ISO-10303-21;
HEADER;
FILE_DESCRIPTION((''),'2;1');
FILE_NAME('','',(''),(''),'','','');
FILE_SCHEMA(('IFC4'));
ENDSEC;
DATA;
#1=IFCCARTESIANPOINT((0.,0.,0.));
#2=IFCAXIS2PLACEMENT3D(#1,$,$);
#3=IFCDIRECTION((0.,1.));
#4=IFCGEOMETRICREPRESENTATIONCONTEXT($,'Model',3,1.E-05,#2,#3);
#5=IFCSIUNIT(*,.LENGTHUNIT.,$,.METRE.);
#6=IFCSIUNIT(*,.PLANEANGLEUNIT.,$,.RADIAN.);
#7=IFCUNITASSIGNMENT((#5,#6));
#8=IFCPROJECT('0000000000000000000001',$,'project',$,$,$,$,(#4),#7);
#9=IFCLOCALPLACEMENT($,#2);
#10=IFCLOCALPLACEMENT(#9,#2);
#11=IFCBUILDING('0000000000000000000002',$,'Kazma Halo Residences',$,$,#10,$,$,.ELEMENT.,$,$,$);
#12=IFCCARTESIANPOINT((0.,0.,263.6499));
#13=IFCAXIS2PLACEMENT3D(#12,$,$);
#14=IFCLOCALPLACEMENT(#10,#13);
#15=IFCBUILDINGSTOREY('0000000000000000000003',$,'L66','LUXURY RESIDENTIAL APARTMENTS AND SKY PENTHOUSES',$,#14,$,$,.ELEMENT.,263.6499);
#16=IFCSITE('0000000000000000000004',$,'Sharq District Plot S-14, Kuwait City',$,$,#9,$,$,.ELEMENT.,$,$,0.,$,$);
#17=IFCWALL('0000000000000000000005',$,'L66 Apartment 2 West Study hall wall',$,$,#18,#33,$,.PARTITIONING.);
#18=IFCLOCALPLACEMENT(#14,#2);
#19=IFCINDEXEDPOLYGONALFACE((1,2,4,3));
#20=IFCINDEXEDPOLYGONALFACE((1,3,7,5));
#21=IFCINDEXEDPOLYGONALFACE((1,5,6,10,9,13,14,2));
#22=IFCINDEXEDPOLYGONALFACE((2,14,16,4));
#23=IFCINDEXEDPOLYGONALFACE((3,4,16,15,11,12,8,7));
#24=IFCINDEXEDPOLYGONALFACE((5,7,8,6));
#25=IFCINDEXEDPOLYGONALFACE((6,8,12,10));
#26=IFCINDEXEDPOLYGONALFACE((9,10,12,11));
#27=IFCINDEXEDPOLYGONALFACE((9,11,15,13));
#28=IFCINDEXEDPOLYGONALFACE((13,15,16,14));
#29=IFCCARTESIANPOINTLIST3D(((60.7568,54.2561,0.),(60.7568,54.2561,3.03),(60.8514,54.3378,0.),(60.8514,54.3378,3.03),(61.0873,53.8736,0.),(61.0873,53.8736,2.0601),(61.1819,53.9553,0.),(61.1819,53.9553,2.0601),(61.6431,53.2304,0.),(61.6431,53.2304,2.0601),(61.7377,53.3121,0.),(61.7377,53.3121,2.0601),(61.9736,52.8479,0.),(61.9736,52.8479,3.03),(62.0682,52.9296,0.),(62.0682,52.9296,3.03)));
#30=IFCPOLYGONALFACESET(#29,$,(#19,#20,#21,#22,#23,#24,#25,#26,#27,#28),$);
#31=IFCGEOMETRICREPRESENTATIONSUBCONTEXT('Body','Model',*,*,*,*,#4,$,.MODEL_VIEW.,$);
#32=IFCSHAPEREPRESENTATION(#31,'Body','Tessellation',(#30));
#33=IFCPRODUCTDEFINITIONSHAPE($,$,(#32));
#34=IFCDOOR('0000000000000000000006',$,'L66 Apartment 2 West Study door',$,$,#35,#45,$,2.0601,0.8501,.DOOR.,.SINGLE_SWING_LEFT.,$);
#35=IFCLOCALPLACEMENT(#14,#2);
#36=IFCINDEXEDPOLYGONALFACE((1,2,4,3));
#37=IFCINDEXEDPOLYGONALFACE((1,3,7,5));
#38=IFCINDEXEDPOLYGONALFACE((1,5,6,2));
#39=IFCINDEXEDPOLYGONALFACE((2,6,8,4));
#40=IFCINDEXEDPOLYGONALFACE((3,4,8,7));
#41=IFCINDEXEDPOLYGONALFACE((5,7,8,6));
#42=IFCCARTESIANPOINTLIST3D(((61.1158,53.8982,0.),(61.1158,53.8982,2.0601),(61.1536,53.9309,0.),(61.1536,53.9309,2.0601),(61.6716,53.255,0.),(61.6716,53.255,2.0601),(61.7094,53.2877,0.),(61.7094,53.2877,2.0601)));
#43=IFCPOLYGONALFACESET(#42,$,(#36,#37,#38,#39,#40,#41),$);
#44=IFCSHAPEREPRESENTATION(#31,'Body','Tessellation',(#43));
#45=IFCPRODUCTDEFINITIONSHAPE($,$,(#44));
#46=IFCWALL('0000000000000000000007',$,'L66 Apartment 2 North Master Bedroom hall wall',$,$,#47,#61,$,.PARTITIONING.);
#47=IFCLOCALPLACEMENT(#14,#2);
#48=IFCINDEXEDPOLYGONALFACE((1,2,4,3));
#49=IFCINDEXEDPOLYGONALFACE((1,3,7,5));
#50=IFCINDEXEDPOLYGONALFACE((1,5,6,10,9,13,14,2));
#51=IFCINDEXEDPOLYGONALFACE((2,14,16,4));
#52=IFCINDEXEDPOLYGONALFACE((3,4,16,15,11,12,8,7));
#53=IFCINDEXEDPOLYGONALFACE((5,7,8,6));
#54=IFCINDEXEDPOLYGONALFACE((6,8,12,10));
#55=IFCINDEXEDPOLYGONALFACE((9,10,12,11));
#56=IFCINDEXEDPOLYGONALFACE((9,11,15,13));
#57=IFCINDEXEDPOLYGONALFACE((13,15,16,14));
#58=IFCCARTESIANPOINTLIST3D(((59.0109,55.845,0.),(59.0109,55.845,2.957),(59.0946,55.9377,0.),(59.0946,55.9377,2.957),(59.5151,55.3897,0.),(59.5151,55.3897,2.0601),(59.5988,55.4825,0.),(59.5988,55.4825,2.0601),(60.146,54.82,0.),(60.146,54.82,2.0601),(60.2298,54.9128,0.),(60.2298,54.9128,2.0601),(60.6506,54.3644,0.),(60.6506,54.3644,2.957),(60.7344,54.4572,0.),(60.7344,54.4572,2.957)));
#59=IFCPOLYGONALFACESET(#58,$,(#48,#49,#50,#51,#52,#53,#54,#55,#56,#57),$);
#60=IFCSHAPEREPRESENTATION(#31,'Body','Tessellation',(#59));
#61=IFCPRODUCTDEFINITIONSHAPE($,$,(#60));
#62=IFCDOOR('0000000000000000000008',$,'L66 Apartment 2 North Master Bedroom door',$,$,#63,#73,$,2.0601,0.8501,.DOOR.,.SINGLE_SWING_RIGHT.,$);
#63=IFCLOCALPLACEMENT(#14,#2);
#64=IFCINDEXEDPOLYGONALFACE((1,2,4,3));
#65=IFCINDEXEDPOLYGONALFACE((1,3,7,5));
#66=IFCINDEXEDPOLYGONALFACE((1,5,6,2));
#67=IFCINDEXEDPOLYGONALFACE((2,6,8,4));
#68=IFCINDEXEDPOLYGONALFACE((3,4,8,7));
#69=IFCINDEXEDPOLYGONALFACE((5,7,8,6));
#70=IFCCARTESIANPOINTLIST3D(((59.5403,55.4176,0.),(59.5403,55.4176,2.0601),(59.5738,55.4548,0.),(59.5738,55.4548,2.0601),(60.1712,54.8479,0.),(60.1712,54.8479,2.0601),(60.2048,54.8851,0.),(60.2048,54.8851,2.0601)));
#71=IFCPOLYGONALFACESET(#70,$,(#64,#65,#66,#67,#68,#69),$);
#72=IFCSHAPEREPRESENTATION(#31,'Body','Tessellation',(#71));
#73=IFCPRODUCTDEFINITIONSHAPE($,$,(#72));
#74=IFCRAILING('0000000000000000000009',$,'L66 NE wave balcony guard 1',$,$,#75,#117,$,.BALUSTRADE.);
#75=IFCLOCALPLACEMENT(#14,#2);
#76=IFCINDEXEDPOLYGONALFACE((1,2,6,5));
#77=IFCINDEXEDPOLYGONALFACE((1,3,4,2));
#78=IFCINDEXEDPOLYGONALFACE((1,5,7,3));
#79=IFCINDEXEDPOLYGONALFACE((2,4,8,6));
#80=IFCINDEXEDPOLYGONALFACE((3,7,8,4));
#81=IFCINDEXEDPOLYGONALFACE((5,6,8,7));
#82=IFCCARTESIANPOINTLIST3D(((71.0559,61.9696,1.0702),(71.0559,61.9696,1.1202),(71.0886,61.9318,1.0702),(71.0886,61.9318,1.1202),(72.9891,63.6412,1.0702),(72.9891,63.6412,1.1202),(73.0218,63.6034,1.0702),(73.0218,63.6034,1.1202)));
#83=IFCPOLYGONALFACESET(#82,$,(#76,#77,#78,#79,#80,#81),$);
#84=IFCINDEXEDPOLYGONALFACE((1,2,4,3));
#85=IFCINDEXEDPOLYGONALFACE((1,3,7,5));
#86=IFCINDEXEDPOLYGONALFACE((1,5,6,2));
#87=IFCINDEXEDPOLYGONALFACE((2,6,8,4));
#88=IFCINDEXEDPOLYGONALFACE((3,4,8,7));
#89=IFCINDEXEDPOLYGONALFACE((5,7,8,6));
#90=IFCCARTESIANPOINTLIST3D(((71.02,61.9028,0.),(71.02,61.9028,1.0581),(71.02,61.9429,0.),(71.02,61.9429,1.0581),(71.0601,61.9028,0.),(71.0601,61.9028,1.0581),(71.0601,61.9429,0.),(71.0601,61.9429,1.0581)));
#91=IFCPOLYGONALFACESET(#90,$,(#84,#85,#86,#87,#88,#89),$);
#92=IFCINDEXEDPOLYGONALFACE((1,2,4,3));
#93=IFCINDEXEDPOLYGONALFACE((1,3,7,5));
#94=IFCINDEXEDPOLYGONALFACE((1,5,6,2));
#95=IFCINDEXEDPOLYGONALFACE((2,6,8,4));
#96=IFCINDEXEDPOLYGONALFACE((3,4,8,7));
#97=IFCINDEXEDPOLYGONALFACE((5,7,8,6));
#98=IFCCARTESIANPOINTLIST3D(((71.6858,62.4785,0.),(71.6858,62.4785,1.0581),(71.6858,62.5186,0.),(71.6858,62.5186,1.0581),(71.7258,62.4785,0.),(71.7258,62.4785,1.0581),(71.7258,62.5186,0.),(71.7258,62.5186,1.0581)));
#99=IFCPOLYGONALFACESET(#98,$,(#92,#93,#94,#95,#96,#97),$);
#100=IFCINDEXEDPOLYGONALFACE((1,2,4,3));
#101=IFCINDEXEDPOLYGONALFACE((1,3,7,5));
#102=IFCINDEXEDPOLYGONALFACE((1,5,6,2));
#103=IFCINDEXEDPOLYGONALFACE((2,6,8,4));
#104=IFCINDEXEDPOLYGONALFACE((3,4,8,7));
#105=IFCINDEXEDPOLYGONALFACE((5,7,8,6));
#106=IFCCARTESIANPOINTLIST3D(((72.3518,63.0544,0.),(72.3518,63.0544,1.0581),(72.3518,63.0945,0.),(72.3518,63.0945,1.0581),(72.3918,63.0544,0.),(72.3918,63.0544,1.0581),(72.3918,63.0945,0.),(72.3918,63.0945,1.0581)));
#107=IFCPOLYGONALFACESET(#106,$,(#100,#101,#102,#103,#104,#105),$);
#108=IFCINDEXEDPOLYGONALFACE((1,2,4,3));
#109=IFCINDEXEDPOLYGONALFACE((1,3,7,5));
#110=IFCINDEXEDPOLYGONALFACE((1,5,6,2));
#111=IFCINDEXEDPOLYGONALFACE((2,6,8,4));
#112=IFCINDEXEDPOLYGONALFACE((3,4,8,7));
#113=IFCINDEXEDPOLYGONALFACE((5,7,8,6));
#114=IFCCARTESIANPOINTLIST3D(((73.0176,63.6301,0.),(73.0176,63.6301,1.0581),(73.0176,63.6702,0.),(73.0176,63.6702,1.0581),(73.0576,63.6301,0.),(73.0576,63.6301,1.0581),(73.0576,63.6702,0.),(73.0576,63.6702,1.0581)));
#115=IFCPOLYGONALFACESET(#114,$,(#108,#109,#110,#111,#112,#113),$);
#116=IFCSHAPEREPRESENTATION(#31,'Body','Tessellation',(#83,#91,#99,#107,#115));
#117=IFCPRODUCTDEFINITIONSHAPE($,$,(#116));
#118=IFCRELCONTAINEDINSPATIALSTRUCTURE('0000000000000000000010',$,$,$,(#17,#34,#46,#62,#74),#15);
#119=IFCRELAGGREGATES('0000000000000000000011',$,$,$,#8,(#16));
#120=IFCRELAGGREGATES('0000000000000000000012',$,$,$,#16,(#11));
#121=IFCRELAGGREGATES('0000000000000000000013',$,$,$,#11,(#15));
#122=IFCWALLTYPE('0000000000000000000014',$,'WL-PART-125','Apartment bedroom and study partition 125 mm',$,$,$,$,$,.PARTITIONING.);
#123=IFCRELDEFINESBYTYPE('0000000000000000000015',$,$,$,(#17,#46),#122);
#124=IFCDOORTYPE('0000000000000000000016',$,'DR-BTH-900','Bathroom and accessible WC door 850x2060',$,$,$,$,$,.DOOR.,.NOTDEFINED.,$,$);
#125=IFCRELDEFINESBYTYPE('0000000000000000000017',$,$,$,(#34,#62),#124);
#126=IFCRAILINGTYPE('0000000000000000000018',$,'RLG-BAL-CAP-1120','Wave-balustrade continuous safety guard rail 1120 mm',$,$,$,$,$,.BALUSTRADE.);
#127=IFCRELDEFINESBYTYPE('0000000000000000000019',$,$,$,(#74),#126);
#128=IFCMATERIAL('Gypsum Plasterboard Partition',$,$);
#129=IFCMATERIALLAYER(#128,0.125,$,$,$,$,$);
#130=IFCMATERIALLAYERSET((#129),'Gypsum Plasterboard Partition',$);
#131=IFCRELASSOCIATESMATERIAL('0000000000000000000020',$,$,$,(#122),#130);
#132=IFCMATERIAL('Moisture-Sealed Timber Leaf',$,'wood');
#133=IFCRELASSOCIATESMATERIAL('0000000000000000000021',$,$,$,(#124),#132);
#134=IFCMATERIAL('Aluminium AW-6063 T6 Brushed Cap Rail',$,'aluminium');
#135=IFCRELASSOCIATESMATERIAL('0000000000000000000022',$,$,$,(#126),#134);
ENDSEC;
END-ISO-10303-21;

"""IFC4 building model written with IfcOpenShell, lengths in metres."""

from ifc_helpers import new_model, si_unit, direction, frame, frame_2d, origin, origin_2d, place, context, subcontext, project, spatial, rectangle, extrude, material, layer, layer_set, type_object, element, fill, save


model = new_model("IFC4")

# Units and contexts
model_context = context("Model", 3, precision=1e-05, world=origin(), true_north=direction((0.0, 1.0)))
body_context = subcontext(model_context, "Body", "Model", "MODEL_VIEW")
ifc_project = project(units=[si_unit("LENGTHUNIT", "METRE"), si_unit("PLANEANGLEUNIT", "RADIAN")], contexts=[model_context])

# Site, building, storey
site_placement = place(None, origin())
site = spatial("IfcSite", under=ifc_project, at=site_placement, Name="Sharq District Plot S-14, Kuwait City", CompositionType="ELEMENT", RefElevation=0.0)
building_placement = place(site_placement, origin())
building = spatial("IfcBuilding", under=site, at=building_placement, Name="Kazma Halo Residences", CompositionType="ELEMENT")
storey_placement = place(building_placement, frame((0.0, 0.0, 263.6499)))
storey = spatial("IfcBuildingStorey", under=building, at=storey_placement, Name="L66", Description="LUXURY RESIDENTIAL APARTMENTS AND SKY PENTHOUSES", CompositionType="ELEMENT", Elevation=263.6499)

# Shared definitions
ifc_material_1 = material(Name="Gypsum Plasterboard Partition")
ifc_layer_1 = layer(ifc_material_1, 0.125)
ifc_layer_set_1 = layer_set([ifc_layer_1], Name="Gypsum Plasterboard Partition")
wall_type_1 = type_object("IfcWallType", Name="WL-PART-125", Description="Apartment bedroom and study partition 125 mm", PredefinedType="PARTITIONING", material=ifc_layer_set_1)

# Walls, openings, doors
wall_1_placement = place(storey_placement, frame((62.021, 52.8887, 0.0), z_axis=(0.0, 0.0, 1.0), x_axis=(-0.653811, 0.756658, 0.0)))
wall_1 = element("IfcWall", 1, at=wall_1_placement, inside=storey, type_object=wall_type_1, Name="L66 Apartment 2 West Study hall wall", PredefinedType="PARTITIONING", context=body_context, shape_type="SweptSolid", body=[
    extrude(rectangle(XDim=1.8611, YDim=0.125, at=frame_2d((0.9307, 0.0))), origin(), (0.0, 0.0, 1.0), 3.03),
])
opening_1_placement = place(wall_1_placement, frame((0.5056, 0.0, 0.0)))
opening_1 = element("IfcOpeningElement", 2, at=opening_1_placement, cuts=wall_1, PredefinedType="OPENING", context=body_context, shape_type="SweptSolid", body=[
    extrude(rectangle(XDim=0.8501, YDim=2.0601, at=frame_2d((0.425, 1.03))), frame((0.0, 0.0725, 0.0), z_axis=(0.0, -1.0, 0.0), x_axis=(1.0, 0.0, 0.0)), (0.0, 0.0, 1.0), 0.145),
])
ifc_material_2 = material(Name="Moisture-Sealed Timber Leaf", Category="wood")
door_type_1 = type_object("IfcDoorType", Name="DR-BTH-900", Description="Bathroom and accessible WC door 850x2060", OperationType="NOTDEFINED", PredefinedType="DOOR", material=ifc_material_2)
door_1_placement = place(opening_1_placement, origin())
door_1 = element("IfcDoor", 3, at=door_1_placement, inside=storey, type_object=door_type_1, Name="L66 Apartment 2 West Study door", OperationType="SINGLE_SWING_LEFT", OverallHeight=2.0601, OverallWidth=0.8501, PredefinedType="DOOR", context=body_context, shape_type="SweptSolid", body=[
    extrude(rectangle(XDim=0.8501, YDim=2.0601, at=frame_2d((0.425, 1.03))), frame((0.0, 0.0249, 0.0), z_axis=(0.0, -1.0, 0.0), x_axis=(1.0, 0.0, 0.0)), (0.0, 0.0, 1.0), 0.05),
])
fill(opening_1, door_1)
wall_2_placement = place(storey_placement, frame((60.6924, 54.4109, 0.0), z_axis=(0.0, 0.0, 1.0), x_axis=(-0.742216, 0.670161, 0.0)))
wall_2 = element("IfcWall", 4, at=wall_2_placement, inside=storey, type_object=wall_type_1, Name="L66 Apartment 2 North Master Bedroom hall wall", PredefinedType="PARTITIONING", context=body_context, shape_type="SweptSolid", body=[
    extrude(rectangle(XDim=2.2092, YDim=0.125, at=frame_2d((1.1045, 0.0))), origin(), (0.0, 0.0, 1.0), 2.957),
])
opening_2_placement = place(wall_2_placement, frame((0.6797, 0.0, 0.0)))
opening_2 = element("IfcOpeningElement", 5, at=opening_2_placement, cuts=wall_2, PredefinedType="OPENING", context=body_context, shape_type="SweptSolid", body=[
    extrude(rectangle(XDim=0.8501, YDim=2.0601, at=frame_2d((0.425, 1.03))), frame((0.0, 0.0725, 0.0), z_axis=(0.0, -1.0, 0.0), x_axis=(1.0, 0.0, 0.0)), (0.0, 0.0, 1.0), 0.145),
])
door_2_placement = place(opening_2_placement, origin())
door_2 = element("IfcDoor", 6, at=door_2_placement, inside=storey, type_object=door_type_1, Name="L66 Apartment 2 North Master Bedroom door", OperationType="SINGLE_SWING_RIGHT", OverallHeight=2.0601, OverallWidth=0.8501, PredefinedType="DOOR", context=body_context, shape_type="SweptSolid", body=[
    extrude(rectangle(XDim=0.8501, YDim=2.0601, at=frame_2d((0.425, 1.03))), frame((0.0, 0.0249, 0.0), z_axis=(0.0, -1.0, 0.0), x_axis=(1.0, 0.0, 0.0)), (0.0, 0.0, 1.0), 0.05),
])
fill(opening_2, door_2)

# Railing
ifc_material_3 = material(Name="Aluminium AW-6063 T6 Brushed Cap Rail", Category="aluminium")
railing_type = type_object("IfcRailingType", Name="RLG-BAL-CAP-1120", Description="Wave-balustrade continuous safety guard rail 1120 mm", PredefinedType="BALUSTRADE", material=ifc_material_3)
railing_1_placement = place(storey_placement, frame((71.04, 61.9229, 0.0)))
element("IfcRailing", 7, at=railing_1_placement, inside=storey, type_object=railing_type, Name="L66 NE wave balcony guard 1", PredefinedType="BALUSTRADE", context=body_context, shape_type="SweptSolid", body=[
    extrude(rectangle(XDim=0.05, YDim=0.05, at=origin_2d()), frame((0.0322, 0.0278, 1.0952), z_axis=(0.756424, 0.654082, 0.0), x_axis=(-0.654082, 0.756424, 0.0)), (0.0, 0.0, 1.0), 2.5557),
    extrude(rectangle(XDim=0.04, YDim=0.04, at=origin_2d()), origin(), (0.0, 0.0, 1.0), 1.0581),
    extrude(rectangle(XDim=0.04, YDim=0.04, at=origin_2d()), frame((0.6658, 0.5757, 0.0)), (0.0, 0.0, 1.0), 1.0581),
    extrude(rectangle(XDim=0.04, YDim=0.04, at=origin_2d()), frame((1.3318, 1.1516, 0.0)), (0.0, 0.0, 1.0), 1.0581),
    extrude(rectangle(XDim=0.04, YDim=0.04, at=origin_2d()), frame((1.9976, 1.7273, 0.0)), (0.0, 0.0, 1.0), 1.0581),
])

save(model, "model.ifc")
